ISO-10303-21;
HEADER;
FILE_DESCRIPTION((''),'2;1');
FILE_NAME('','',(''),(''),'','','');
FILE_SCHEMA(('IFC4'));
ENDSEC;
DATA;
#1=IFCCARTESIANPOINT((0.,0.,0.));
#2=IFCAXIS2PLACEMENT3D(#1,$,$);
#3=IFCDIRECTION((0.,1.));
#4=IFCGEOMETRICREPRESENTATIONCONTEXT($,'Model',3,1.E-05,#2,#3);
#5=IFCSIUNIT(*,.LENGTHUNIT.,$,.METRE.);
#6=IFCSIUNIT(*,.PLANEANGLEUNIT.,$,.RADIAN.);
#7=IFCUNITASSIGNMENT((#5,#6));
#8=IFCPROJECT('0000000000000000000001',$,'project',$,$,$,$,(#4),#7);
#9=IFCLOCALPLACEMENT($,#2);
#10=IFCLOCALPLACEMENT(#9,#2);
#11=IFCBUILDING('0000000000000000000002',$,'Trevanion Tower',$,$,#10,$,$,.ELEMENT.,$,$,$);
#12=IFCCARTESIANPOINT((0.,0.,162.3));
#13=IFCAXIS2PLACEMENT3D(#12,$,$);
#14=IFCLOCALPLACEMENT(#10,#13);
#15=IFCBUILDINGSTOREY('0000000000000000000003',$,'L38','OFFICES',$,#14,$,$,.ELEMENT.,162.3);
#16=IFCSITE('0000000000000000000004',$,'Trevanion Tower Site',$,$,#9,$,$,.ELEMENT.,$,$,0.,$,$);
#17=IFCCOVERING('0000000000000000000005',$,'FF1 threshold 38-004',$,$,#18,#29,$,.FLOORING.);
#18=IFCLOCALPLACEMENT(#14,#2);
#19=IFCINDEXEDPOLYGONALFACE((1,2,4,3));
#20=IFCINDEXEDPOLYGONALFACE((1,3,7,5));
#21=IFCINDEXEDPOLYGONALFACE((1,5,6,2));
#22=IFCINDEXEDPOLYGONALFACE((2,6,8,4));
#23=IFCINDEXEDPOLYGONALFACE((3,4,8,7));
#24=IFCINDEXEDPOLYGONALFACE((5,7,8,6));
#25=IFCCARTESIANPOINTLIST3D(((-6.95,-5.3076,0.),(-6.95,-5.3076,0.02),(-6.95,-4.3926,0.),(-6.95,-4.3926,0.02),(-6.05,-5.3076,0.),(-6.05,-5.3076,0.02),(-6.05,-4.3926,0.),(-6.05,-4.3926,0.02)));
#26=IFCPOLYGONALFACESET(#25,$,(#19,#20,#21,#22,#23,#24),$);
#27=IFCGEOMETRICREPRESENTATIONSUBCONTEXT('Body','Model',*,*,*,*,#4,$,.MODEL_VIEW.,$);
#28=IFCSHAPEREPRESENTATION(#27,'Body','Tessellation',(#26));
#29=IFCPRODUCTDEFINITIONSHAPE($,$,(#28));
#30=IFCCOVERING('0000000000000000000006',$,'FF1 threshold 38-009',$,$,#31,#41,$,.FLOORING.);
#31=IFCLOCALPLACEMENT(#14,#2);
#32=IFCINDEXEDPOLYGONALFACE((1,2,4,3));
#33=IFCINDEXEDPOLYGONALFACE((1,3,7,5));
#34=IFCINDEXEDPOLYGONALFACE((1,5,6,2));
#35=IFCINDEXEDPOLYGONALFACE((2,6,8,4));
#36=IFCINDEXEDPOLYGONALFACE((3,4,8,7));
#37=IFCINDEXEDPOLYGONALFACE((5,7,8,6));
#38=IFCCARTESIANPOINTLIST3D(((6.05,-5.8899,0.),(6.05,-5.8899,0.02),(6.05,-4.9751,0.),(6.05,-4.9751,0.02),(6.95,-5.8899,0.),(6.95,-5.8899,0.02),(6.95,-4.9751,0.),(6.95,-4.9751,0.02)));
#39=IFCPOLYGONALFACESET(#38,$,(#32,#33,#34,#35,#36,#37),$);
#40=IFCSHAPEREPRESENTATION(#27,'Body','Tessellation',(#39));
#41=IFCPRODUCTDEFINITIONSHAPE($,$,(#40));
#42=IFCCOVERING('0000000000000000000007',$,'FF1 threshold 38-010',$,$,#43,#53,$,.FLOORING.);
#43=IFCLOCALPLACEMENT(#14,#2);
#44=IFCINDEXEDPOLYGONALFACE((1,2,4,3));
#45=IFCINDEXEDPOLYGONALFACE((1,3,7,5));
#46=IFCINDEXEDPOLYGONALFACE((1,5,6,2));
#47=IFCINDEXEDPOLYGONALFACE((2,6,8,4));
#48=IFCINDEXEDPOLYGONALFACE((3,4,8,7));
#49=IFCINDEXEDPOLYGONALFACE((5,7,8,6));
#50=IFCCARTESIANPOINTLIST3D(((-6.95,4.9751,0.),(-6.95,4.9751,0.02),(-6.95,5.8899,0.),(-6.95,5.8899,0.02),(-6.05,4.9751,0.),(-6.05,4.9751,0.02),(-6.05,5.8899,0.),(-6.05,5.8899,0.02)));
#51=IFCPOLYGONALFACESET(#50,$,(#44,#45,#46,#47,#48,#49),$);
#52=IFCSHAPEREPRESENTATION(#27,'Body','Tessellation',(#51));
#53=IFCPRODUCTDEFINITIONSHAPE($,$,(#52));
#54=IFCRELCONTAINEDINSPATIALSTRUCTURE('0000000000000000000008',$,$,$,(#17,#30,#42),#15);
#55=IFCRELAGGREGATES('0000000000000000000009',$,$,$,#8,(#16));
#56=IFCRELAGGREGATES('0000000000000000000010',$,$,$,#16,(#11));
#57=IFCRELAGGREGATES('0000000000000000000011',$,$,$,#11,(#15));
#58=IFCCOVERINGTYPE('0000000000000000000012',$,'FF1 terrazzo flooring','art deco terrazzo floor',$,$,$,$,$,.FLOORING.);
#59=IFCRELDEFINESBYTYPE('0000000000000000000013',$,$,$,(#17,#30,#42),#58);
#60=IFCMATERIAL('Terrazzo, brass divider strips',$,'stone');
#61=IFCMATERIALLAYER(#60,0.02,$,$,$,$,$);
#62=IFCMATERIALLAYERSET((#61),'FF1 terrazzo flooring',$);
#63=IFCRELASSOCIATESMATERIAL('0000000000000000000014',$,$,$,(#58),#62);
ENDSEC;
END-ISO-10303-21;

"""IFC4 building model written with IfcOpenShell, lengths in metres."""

from ifc_helpers import new_model, si_unit, direction, frame, origin, place, context, subcontext, project, spatial, polyline, outline, extrude, material, layer, layer_set, type_object, element, save


model = new_model("IFC4")

# Units and contexts
model_context = context("Model", 3, precision=1e-05, world=origin(), true_north=direction((0.0, 1.0)))
body_context = subcontext(model_context, "Body", "Model", "MODEL_VIEW")
ifc_project = project(units=[si_unit("LENGTHUNIT", "METRE"), si_unit("PLANEANGLEUNIT", "RADIAN")], contexts=[model_context])

# Site, building, storey
site_placement = place(None, origin())
site = spatial("IfcSite", under=ifc_project, at=site_placement, Name="Trevanion Tower Site", CompositionType="ELEMENT", RefElevation=0.0)
building_placement = place(site_placement, origin())
building = spatial("IfcBuilding", under=site, at=building_placement, Name="Trevanion Tower", CompositionType="ELEMENT")
storey_placement = place(building_placement, frame((0.0, 0.0, 162.3)))
storey = spatial("IfcBuildingStorey", under=building, at=storey_placement, Name="L38", Description="OFFICES", CompositionType="ELEMENT", Elevation=162.3)

# Coverings
ifc_material_1 = material(Name="Terrazzo, brass divider strips", Category="stone")
ifc_layer_1 = layer(ifc_material_1, 0.02)
ifc_layer_set_1 = layer_set([ifc_layer_1], Name="FF1 terrazzo flooring")
covering_type = type_object("IfcCoveringType", Name="FF1 terrazzo flooring", Description="art deco terrazzo floor", PredefinedType="FLOORING", material=ifc_layer_set_1)
covering_1_placement = place(storey_placement, origin())
element("IfcCovering", 1, at=covering_1_placement, inside=storey, type_object=covering_type, Name="FF1 threshold 38-004", PredefinedType="FLOORING", context=body_context, shape_type="SweptSolid", body=[
    extrude(outline(polyline([(-6.95, -4.3926), (-6.95, -5.3076), (-6.05, -5.3076), (-6.05, -4.3926), (-6.95, -4.3926)])), origin(), (0.0, 0.0, 1.0), 0.02),
])
covering_2_placement = place(storey_placement, origin())
element("IfcCovering", 2, at=covering_2_placement, inside=storey, type_object=covering_type, Name="FF1 threshold 38-009", PredefinedType="FLOORING", context=body_context, shape_type="SweptSolid", body=[
    extrude(outline(polyline([(6.95, -5.8899), (6.95, -4.9751), (6.05, -4.9751), (6.05, -5.8899), (6.95, -5.8899)])), origin(), (0.0, 0.0, 1.0), 0.02),
])
covering_3_placement = place(storey_placement, origin())
element("IfcCovering", 3, at=covering_3_placement, inside=storey, type_object=covering_type, Name="FF1 threshold 38-010", PredefinedType="FLOORING", context=body_context, shape_type="SweptSolid", body=[
    extrude(outline(polyline([(-6.95, 5.8899), (-6.95, 4.9751), (-6.05, 4.9751), (-6.05, 5.8899), (-6.95, 5.8899)])), origin(), (0.0, 0.0, 1.0), 0.02),
])

save(model, "model.ifc")
